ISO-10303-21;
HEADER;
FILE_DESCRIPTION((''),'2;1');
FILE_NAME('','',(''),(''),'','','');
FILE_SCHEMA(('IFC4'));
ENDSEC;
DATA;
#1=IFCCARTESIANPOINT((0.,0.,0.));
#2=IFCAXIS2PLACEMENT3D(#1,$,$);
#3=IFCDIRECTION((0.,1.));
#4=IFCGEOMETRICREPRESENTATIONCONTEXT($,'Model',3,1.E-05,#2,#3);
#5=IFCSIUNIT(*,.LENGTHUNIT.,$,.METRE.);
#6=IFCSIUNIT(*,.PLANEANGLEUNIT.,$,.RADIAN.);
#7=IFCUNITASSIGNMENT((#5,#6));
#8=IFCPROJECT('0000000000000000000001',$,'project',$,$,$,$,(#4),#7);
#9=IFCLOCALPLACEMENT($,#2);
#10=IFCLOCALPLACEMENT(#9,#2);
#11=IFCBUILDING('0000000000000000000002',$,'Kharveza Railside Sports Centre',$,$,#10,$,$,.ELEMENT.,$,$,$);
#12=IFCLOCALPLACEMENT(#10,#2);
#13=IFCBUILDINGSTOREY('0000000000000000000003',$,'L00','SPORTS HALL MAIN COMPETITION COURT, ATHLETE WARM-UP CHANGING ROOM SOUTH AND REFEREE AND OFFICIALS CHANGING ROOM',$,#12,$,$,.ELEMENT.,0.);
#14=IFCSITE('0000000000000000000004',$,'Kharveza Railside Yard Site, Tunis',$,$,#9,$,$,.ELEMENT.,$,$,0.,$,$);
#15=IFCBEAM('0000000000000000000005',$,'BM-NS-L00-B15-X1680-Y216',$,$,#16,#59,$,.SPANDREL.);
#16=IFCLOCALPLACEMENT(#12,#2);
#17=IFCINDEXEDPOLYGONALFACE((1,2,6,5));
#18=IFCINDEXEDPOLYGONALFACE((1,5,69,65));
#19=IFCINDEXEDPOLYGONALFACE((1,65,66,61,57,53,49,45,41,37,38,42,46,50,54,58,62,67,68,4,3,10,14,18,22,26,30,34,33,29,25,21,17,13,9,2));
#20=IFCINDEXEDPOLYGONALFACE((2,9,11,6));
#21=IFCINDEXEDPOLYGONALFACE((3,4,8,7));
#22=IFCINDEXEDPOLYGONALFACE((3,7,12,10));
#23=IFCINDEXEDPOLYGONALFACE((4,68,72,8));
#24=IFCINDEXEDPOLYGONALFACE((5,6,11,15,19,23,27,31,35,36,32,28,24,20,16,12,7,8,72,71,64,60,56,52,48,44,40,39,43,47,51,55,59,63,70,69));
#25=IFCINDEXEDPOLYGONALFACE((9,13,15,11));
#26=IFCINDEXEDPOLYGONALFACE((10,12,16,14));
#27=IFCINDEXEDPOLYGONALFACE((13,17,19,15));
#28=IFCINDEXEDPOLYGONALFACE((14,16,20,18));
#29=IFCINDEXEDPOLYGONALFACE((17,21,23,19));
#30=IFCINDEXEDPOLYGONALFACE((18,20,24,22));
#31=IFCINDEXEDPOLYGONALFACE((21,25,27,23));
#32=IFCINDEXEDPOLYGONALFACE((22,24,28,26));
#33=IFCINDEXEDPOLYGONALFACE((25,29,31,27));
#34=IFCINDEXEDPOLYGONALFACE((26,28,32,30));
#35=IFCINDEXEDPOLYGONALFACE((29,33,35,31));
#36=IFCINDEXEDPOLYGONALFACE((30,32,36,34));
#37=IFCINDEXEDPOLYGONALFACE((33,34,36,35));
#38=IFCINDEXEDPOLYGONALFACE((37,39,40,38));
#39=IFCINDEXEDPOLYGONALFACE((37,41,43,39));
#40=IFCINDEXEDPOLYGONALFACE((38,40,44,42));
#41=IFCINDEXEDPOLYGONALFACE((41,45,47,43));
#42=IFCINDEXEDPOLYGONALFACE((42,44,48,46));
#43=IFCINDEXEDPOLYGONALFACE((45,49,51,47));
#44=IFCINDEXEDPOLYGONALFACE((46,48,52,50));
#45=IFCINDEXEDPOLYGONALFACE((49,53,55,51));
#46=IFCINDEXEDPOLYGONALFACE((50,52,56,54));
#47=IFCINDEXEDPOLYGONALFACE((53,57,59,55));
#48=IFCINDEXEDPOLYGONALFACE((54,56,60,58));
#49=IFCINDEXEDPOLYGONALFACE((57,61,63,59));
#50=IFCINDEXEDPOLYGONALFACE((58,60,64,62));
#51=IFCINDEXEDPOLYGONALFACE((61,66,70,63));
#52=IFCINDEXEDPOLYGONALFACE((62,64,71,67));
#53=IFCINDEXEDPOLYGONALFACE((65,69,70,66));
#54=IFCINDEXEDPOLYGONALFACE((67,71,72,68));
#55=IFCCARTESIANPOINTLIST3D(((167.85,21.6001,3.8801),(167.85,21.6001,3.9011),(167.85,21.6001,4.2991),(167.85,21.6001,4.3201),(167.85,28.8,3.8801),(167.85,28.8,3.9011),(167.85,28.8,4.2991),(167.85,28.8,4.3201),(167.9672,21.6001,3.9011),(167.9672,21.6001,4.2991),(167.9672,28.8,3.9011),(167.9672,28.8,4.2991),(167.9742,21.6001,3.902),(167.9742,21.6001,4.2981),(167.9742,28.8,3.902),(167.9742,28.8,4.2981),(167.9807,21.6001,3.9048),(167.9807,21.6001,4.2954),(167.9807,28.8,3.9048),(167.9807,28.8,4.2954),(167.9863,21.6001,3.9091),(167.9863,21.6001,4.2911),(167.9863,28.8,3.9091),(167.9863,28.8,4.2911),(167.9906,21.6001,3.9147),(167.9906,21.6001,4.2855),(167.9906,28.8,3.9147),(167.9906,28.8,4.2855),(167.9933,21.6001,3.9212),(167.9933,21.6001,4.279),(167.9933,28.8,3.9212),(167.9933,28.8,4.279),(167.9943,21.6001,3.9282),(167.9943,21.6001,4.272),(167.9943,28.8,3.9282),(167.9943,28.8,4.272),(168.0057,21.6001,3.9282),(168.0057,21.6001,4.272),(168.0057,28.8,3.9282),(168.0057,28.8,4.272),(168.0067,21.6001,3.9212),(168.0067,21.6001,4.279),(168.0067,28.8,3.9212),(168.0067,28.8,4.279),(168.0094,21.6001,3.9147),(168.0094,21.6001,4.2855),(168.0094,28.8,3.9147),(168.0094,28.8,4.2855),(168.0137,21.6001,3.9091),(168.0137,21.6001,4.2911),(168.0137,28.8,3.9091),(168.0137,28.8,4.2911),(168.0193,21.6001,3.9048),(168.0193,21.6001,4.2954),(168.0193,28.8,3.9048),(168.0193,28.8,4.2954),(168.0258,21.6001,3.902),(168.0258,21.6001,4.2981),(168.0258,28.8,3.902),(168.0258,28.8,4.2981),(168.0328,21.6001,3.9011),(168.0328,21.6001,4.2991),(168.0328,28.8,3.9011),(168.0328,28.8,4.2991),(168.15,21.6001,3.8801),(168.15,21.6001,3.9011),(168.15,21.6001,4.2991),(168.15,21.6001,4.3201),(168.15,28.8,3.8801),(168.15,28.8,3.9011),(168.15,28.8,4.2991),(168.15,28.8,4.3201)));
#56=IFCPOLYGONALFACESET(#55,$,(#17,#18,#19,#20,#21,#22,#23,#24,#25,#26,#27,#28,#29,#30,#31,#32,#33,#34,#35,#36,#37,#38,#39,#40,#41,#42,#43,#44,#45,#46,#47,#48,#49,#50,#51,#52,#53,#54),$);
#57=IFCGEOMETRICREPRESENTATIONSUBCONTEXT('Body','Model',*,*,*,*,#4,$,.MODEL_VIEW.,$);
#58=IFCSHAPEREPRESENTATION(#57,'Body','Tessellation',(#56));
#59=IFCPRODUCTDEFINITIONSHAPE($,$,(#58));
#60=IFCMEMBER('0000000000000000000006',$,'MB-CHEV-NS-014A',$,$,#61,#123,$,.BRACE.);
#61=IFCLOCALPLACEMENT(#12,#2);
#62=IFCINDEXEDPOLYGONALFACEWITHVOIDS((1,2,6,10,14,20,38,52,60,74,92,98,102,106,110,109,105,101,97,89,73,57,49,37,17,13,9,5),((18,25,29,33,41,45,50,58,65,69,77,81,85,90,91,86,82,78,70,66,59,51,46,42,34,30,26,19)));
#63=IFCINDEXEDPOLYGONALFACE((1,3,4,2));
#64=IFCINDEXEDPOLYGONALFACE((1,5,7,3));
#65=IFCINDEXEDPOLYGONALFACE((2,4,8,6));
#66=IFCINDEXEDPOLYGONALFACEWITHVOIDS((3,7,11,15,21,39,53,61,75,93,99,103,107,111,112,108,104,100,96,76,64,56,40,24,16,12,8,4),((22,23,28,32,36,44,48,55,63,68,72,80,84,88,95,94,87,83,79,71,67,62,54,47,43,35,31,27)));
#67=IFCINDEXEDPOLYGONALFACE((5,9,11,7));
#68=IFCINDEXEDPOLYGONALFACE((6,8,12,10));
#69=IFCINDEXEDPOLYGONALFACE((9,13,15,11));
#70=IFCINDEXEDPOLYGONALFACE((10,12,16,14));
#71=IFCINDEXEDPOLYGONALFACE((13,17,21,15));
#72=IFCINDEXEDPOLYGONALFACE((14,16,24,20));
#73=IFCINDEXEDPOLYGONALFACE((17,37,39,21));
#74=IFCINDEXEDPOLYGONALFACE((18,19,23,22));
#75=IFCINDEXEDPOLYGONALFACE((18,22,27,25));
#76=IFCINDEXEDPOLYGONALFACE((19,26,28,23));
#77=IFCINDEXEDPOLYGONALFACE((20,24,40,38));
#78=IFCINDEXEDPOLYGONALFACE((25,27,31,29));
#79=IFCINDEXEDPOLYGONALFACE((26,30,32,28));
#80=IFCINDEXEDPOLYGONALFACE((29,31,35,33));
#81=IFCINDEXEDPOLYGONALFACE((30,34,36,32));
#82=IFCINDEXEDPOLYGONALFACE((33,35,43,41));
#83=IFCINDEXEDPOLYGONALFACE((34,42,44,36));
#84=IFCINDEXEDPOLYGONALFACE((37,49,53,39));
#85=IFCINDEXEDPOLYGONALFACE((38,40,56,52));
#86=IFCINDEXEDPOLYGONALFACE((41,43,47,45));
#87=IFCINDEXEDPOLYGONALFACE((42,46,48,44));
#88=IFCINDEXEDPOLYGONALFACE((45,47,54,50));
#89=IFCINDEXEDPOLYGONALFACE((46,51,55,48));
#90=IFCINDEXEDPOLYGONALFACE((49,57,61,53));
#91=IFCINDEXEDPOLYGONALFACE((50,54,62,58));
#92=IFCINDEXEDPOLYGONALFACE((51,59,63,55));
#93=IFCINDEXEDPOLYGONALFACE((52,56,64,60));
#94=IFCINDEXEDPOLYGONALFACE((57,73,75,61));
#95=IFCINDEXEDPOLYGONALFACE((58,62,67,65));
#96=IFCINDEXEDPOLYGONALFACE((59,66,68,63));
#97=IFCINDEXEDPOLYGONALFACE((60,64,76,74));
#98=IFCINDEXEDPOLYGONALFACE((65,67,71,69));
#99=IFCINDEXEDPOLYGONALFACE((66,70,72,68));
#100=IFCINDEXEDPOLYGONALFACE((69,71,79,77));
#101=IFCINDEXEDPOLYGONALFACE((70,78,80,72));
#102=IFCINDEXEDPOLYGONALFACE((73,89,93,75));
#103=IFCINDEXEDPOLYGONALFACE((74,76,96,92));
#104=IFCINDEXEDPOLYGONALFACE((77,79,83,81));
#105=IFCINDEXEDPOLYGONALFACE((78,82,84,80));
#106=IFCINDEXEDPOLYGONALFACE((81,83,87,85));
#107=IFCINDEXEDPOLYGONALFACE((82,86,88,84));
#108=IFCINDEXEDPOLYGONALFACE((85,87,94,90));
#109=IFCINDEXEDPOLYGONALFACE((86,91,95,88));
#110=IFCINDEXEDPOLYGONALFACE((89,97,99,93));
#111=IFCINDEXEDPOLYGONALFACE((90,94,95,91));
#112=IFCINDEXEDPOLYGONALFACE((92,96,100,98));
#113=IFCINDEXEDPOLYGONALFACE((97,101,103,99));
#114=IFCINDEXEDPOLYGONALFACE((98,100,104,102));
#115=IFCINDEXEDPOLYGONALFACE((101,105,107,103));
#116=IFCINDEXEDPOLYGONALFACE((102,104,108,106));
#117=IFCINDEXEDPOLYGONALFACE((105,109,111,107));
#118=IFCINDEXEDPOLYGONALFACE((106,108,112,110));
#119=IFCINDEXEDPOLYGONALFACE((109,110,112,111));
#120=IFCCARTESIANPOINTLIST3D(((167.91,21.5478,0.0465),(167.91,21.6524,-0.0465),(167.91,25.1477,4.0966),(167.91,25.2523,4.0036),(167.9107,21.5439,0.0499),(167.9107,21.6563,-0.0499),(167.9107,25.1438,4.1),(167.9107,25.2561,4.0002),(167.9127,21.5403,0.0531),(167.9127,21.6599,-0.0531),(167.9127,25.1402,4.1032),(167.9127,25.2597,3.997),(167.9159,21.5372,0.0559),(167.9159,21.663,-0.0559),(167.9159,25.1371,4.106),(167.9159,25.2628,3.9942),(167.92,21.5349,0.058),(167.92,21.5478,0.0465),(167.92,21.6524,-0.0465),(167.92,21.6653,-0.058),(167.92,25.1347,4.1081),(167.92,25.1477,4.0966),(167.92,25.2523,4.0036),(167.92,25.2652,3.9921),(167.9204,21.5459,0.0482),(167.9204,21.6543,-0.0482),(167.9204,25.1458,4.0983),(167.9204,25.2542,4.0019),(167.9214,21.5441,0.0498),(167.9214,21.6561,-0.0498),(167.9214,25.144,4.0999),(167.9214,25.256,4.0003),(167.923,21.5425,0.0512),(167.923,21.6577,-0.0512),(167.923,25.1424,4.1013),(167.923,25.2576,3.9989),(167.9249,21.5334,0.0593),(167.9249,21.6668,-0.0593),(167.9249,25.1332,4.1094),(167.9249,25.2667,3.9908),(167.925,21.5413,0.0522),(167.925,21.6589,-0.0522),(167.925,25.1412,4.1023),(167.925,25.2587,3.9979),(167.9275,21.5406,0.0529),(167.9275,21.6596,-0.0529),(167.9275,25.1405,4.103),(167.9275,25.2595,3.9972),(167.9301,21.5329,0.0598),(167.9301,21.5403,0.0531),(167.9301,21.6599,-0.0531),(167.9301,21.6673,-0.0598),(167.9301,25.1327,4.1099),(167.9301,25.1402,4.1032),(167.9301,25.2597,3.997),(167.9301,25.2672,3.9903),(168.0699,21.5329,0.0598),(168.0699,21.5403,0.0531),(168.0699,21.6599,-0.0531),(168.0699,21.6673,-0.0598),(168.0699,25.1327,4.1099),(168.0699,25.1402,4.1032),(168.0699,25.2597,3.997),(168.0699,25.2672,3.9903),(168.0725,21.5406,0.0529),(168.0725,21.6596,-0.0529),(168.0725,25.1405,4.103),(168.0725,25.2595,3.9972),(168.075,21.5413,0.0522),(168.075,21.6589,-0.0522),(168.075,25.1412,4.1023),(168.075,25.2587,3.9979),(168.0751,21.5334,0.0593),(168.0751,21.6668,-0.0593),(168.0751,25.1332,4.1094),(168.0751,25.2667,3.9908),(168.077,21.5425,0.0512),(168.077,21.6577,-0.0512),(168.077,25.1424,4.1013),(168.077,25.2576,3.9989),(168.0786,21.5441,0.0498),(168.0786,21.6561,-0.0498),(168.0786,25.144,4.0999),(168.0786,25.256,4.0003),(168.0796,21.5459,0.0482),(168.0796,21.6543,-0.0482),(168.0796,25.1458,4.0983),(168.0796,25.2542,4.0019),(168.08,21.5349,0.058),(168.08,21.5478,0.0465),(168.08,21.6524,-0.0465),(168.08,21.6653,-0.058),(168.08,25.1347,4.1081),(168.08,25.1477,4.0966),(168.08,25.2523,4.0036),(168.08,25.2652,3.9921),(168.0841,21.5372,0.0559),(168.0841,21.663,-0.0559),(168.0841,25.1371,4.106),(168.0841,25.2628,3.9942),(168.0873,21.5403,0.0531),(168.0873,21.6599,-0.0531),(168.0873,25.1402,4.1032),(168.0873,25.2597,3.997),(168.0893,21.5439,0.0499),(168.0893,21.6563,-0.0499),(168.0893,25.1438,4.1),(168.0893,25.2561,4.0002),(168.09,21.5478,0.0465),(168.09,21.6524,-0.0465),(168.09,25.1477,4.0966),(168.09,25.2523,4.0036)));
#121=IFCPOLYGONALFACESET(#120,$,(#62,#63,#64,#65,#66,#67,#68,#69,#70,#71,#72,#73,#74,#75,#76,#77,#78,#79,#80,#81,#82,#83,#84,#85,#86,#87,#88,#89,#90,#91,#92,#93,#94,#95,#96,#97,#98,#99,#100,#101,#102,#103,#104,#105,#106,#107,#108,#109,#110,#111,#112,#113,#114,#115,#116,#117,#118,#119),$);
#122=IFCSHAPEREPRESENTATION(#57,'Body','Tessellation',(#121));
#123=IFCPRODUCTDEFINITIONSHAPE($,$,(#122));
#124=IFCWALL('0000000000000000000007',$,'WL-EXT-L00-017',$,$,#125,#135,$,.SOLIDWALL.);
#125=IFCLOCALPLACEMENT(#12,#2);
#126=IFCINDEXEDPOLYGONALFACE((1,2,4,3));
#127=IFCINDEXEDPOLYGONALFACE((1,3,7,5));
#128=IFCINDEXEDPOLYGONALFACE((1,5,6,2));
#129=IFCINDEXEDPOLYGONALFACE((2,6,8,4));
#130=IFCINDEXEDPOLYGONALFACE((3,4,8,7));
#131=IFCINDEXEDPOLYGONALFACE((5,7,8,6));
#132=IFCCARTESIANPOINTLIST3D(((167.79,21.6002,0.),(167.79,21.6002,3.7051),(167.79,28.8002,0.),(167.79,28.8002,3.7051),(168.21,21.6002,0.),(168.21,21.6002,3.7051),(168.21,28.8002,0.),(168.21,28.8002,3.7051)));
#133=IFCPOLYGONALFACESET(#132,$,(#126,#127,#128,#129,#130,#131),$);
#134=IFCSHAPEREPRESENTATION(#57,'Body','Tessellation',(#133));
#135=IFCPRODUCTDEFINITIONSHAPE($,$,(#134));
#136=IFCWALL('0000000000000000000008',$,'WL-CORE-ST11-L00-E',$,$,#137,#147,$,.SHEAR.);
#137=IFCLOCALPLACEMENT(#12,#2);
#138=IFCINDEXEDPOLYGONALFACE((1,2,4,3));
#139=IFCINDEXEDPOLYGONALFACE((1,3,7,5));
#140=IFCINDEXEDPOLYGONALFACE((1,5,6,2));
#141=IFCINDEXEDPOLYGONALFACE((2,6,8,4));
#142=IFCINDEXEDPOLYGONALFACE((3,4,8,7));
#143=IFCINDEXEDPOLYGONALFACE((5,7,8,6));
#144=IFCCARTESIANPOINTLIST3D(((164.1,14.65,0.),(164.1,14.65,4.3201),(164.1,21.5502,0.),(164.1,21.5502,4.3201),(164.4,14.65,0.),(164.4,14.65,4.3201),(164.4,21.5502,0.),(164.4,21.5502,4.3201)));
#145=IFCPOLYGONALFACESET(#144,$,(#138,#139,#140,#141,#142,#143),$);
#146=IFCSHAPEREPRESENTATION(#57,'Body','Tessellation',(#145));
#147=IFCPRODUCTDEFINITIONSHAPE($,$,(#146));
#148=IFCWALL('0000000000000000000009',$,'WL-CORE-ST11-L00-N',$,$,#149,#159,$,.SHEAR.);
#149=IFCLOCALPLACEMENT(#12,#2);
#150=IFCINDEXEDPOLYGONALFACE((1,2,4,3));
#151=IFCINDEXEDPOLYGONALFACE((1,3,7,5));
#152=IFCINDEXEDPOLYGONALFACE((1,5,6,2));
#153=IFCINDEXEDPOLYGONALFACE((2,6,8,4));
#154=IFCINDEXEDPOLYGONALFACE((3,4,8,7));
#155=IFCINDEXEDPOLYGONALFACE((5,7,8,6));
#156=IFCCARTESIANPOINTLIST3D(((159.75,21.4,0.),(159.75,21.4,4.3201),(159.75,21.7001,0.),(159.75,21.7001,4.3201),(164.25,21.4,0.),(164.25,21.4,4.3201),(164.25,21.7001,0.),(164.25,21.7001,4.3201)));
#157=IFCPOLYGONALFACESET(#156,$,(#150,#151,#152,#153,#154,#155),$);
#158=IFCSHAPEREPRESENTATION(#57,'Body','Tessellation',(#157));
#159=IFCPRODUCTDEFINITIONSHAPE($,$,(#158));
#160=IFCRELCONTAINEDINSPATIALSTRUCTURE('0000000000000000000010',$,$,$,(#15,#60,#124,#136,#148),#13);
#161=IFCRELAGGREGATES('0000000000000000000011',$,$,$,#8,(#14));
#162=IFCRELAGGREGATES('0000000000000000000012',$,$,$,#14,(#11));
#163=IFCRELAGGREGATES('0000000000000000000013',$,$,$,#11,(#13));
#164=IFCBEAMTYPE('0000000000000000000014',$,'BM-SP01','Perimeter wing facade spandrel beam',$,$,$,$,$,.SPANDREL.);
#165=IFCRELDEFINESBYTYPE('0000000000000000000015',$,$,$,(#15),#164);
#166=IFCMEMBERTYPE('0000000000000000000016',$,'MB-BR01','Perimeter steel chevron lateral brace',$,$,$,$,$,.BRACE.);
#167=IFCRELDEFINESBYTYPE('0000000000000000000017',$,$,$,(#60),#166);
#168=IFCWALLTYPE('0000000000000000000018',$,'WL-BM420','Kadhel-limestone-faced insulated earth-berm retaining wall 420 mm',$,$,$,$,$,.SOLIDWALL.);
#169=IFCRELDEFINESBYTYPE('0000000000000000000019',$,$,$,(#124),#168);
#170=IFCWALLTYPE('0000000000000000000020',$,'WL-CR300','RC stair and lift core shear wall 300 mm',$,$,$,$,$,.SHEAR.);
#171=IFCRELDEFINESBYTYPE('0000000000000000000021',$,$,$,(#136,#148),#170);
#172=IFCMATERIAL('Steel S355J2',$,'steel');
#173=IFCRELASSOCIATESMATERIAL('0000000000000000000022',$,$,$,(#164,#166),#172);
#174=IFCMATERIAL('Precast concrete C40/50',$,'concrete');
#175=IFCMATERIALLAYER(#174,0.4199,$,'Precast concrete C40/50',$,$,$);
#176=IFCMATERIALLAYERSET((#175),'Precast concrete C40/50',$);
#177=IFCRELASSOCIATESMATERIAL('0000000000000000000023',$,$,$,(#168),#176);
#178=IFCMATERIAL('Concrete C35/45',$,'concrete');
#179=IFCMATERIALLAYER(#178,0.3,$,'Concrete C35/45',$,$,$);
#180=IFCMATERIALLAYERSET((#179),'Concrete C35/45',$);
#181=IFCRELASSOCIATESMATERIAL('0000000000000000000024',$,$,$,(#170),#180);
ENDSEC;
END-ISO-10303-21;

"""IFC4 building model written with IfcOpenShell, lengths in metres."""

from ifc_helpers import new_model, si_unit, direction, frame, frame_2d, origin, origin_2d, place, context, subcontext, project, spatial, rectangle, hollow_rectangle, i_section, extrude, material, layer, layer_set, material_profile, profile_set, type_object, element, save


model = new_model("IFC4")

# Units and contexts
model_context = context("Model", 3, precision=1e-05, world=origin(), true_north=direction((0.0, 1.0)))
body_context = subcontext(model_context, "Body", "Model", "MODEL_VIEW")
ifc_project = project(units=[si_unit("LENGTHUNIT", "METRE"), si_unit("PLANEANGLEUNIT", "RADIAN")], contexts=[model_context])

# Site, building, storey
site_placement = place(None, origin())
site = spatial("IfcSite", under=ifc_project, at=site_placement, Name="Kharveza Railside Yard Site, Tunis", CompositionType="ELEMENT", RefElevation=0.0)
building_placement = place(site_placement, origin())
building = spatial("IfcBuilding", under=site, at=building_placement, Name="Kharveza Railside Sports Centre", CompositionType="ELEMENT")
storey_placement = place(building_placement, origin())
storey = spatial("IfcBuildingStorey", under=building, at=storey_placement, Name="L00", Description="SPORTS HALL MAIN COMPETITION COURT, ATHLETE WARM-UP CHANGING ROOM SOUTH AND REFEREE AND OFFICIALS CHANGING ROOM", CompositionType="ELEMENT", Elevation=0.0)

# Shared definitions
ifc_material_1 = material(Name="Concrete C35/45", Category="concrete")

# Shared definitions
ifc_material_2 = material(Name="Steel S355J2", Category="steel")

# Beam
ifc_material_profile_1 = material_profile(ifc_material_2, i_section(OverallWidth=0.3, OverallDepth=0.4399, WebThickness=0.0115, FlangeThickness=0.021, FilletRadius=0.0271, at=origin_2d()), Name="HEA 450")
ifc_profile_set_1 = profile_set([ifc_material_profile_1], Name="Steel S355J2")
beam_type_1 = type_object("IfcBeamType", Name="BM-SP01", Description="Perimeter wing facade spandrel beam", PredefinedType="SPANDREL", material=ifc_profile_set_1)
beam_1_placement = place(storey_placement, frame((168.0, 21.6001, 4.1001), z_axis=(0.0, 1.0, 0.0), x_axis=(-1.0, 0.0, 0.0)))
element("IfcBeam", 1, at=beam_1_placement, inside=storey, type_object=beam_type_1, Name="BM-NS-L00-B15-X1680-Y216", PredefinedType="SPANDREL", context=body_context, shape_type="SweptSolid", body=[
    extrude(i_section(OverallWidth=0.3, OverallDepth=0.4399, WebThickness=0.0115, FlangeThickness=0.021, FilletRadius=0.0271, at=origin_2d()), origin(), (0.0, 0.0, 1.0), 7.2),
])

# Member
ifc_material_profile_2 = material_profile(ifc_material_2, hollow_rectangle(XDim=0.1799, YDim=0.1799, WallThickness=0.01, InnerFilletRadius=0.01, OuterFilletRadius=0.02, at=origin_2d()), Name="SHS 180x180x10.0")
ifc_profile_set_2 = profile_set([ifc_material_profile_2], Name="Steel S355J2")
member_type = type_object("IfcMemberType", Name="MB-BR01", Description="Perimeter steel chevron lateral brace", PredefinedType="BRACE", material=ifc_profile_set_2)
member_placement = place(storey_placement, frame((168.0, 21.6001, 0.0), z_axis=(0.0, 0.664344, 0.747427), x_axis=(-1.0, 0.0, 0.0)))
element("IfcMember", 2, at=member_placement, inside=storey, type_object=member_type, Name="MB-CHEV-NS-014A", PredefinedType="BRACE", context=body_context, shape_type="SweptSolid", body=[
    extrude(hollow_rectangle(XDim=0.1799, YDim=0.1799, WallThickness=0.01, InnerFilletRadius=0.01, OuterFilletRadius=0.02, at=origin_2d()), origin(), (0.0, 0.0, 1.0), 5.4187),
])

# Walls
ifc_material_3 = material(Name="Precast concrete C40/50", Category="concrete")
ifc_layer_1 = layer(ifc_material_3, 0.4199, Name="Precast concrete C40/50")
ifc_layer_set_1 = layer_set([ifc_layer_1], Name="Precast concrete C40/50")
wall_type_1 = type_object("IfcWallType", Name="WL-BM420", Description="Kadhel-limestone-faced insulated earth-berm retaining wall 420 mm", PredefinedType="SOLIDWALL", material=ifc_layer_set_1)
wall_1_placement = place(storey_placement, frame((168.0, 21.6001, 0.0), z_axis=(0.0, 0.0, 1.0), x_axis=(0.0, 1.0, 0.0)))
element("IfcWall", 3, at=wall_1_placement, inside=storey, type_object=wall_type_1, Name="WL-EXT-L00-017", PredefinedType="SOLIDWALL", context=body_context, shape_type="SweptSolid", body=[
    extrude(rectangle(XDim=7.2, YDim=0.4199, at=frame_2d((3.6001, 0.0))), origin(), (0.0, 0.0, 1.0), 3.7051),
])
ifc_layer_2 = layer(ifc_material_1, 0.3, Name="Concrete C35/45")
ifc_layer_set_2 = layer_set([ifc_layer_2], Name="Concrete C35/45")
wall_type_2 = type_object("IfcWallType", Name="WL-CR300", Description="RC stair and lift core shear wall 300 mm", PredefinedType="SHEAR", material=ifc_layer_set_2)
wall_2_placement = place(storey_placement, frame((164.25, 14.6499, 0.0), z_axis=(0.0, 0.0, 1.0), x_axis=(0.0, 1.0, 0.0)))
element("IfcWall", 4, at=wall_2_placement, inside=storey, type_object=wall_type_2, Name="WL-CORE-ST11-L00-E", PredefinedType="SHEAR", context=body_context, shape_type="SweptSolid", body=[
    extrude(rectangle(XDim=6.9001, YDim=0.3, at=frame_2d((3.4502, 0.0))), origin(), (0.0, 0.0, 1.0), 4.3201),
])
wall_3_placement = place(storey_placement, frame((164.25, 21.55, 0.0), z_axis=(0.0, 0.0, 1.0), x_axis=(-1.0, 0.0, 0.0)))
element("IfcWall", 5, at=wall_3_placement, inside=storey, type_object=wall_type_2, Name="WL-CORE-ST11-L00-N", PredefinedType="SHEAR", context=body_context, shape_type="SweptSolid", body=[
    extrude(rectangle(XDim=4.5, YDim=0.3, at=frame_2d((2.25, 0.0))), origin(), (0.0, 0.0, 1.0), 4.3201),
])

save(model, "model.ifc")
